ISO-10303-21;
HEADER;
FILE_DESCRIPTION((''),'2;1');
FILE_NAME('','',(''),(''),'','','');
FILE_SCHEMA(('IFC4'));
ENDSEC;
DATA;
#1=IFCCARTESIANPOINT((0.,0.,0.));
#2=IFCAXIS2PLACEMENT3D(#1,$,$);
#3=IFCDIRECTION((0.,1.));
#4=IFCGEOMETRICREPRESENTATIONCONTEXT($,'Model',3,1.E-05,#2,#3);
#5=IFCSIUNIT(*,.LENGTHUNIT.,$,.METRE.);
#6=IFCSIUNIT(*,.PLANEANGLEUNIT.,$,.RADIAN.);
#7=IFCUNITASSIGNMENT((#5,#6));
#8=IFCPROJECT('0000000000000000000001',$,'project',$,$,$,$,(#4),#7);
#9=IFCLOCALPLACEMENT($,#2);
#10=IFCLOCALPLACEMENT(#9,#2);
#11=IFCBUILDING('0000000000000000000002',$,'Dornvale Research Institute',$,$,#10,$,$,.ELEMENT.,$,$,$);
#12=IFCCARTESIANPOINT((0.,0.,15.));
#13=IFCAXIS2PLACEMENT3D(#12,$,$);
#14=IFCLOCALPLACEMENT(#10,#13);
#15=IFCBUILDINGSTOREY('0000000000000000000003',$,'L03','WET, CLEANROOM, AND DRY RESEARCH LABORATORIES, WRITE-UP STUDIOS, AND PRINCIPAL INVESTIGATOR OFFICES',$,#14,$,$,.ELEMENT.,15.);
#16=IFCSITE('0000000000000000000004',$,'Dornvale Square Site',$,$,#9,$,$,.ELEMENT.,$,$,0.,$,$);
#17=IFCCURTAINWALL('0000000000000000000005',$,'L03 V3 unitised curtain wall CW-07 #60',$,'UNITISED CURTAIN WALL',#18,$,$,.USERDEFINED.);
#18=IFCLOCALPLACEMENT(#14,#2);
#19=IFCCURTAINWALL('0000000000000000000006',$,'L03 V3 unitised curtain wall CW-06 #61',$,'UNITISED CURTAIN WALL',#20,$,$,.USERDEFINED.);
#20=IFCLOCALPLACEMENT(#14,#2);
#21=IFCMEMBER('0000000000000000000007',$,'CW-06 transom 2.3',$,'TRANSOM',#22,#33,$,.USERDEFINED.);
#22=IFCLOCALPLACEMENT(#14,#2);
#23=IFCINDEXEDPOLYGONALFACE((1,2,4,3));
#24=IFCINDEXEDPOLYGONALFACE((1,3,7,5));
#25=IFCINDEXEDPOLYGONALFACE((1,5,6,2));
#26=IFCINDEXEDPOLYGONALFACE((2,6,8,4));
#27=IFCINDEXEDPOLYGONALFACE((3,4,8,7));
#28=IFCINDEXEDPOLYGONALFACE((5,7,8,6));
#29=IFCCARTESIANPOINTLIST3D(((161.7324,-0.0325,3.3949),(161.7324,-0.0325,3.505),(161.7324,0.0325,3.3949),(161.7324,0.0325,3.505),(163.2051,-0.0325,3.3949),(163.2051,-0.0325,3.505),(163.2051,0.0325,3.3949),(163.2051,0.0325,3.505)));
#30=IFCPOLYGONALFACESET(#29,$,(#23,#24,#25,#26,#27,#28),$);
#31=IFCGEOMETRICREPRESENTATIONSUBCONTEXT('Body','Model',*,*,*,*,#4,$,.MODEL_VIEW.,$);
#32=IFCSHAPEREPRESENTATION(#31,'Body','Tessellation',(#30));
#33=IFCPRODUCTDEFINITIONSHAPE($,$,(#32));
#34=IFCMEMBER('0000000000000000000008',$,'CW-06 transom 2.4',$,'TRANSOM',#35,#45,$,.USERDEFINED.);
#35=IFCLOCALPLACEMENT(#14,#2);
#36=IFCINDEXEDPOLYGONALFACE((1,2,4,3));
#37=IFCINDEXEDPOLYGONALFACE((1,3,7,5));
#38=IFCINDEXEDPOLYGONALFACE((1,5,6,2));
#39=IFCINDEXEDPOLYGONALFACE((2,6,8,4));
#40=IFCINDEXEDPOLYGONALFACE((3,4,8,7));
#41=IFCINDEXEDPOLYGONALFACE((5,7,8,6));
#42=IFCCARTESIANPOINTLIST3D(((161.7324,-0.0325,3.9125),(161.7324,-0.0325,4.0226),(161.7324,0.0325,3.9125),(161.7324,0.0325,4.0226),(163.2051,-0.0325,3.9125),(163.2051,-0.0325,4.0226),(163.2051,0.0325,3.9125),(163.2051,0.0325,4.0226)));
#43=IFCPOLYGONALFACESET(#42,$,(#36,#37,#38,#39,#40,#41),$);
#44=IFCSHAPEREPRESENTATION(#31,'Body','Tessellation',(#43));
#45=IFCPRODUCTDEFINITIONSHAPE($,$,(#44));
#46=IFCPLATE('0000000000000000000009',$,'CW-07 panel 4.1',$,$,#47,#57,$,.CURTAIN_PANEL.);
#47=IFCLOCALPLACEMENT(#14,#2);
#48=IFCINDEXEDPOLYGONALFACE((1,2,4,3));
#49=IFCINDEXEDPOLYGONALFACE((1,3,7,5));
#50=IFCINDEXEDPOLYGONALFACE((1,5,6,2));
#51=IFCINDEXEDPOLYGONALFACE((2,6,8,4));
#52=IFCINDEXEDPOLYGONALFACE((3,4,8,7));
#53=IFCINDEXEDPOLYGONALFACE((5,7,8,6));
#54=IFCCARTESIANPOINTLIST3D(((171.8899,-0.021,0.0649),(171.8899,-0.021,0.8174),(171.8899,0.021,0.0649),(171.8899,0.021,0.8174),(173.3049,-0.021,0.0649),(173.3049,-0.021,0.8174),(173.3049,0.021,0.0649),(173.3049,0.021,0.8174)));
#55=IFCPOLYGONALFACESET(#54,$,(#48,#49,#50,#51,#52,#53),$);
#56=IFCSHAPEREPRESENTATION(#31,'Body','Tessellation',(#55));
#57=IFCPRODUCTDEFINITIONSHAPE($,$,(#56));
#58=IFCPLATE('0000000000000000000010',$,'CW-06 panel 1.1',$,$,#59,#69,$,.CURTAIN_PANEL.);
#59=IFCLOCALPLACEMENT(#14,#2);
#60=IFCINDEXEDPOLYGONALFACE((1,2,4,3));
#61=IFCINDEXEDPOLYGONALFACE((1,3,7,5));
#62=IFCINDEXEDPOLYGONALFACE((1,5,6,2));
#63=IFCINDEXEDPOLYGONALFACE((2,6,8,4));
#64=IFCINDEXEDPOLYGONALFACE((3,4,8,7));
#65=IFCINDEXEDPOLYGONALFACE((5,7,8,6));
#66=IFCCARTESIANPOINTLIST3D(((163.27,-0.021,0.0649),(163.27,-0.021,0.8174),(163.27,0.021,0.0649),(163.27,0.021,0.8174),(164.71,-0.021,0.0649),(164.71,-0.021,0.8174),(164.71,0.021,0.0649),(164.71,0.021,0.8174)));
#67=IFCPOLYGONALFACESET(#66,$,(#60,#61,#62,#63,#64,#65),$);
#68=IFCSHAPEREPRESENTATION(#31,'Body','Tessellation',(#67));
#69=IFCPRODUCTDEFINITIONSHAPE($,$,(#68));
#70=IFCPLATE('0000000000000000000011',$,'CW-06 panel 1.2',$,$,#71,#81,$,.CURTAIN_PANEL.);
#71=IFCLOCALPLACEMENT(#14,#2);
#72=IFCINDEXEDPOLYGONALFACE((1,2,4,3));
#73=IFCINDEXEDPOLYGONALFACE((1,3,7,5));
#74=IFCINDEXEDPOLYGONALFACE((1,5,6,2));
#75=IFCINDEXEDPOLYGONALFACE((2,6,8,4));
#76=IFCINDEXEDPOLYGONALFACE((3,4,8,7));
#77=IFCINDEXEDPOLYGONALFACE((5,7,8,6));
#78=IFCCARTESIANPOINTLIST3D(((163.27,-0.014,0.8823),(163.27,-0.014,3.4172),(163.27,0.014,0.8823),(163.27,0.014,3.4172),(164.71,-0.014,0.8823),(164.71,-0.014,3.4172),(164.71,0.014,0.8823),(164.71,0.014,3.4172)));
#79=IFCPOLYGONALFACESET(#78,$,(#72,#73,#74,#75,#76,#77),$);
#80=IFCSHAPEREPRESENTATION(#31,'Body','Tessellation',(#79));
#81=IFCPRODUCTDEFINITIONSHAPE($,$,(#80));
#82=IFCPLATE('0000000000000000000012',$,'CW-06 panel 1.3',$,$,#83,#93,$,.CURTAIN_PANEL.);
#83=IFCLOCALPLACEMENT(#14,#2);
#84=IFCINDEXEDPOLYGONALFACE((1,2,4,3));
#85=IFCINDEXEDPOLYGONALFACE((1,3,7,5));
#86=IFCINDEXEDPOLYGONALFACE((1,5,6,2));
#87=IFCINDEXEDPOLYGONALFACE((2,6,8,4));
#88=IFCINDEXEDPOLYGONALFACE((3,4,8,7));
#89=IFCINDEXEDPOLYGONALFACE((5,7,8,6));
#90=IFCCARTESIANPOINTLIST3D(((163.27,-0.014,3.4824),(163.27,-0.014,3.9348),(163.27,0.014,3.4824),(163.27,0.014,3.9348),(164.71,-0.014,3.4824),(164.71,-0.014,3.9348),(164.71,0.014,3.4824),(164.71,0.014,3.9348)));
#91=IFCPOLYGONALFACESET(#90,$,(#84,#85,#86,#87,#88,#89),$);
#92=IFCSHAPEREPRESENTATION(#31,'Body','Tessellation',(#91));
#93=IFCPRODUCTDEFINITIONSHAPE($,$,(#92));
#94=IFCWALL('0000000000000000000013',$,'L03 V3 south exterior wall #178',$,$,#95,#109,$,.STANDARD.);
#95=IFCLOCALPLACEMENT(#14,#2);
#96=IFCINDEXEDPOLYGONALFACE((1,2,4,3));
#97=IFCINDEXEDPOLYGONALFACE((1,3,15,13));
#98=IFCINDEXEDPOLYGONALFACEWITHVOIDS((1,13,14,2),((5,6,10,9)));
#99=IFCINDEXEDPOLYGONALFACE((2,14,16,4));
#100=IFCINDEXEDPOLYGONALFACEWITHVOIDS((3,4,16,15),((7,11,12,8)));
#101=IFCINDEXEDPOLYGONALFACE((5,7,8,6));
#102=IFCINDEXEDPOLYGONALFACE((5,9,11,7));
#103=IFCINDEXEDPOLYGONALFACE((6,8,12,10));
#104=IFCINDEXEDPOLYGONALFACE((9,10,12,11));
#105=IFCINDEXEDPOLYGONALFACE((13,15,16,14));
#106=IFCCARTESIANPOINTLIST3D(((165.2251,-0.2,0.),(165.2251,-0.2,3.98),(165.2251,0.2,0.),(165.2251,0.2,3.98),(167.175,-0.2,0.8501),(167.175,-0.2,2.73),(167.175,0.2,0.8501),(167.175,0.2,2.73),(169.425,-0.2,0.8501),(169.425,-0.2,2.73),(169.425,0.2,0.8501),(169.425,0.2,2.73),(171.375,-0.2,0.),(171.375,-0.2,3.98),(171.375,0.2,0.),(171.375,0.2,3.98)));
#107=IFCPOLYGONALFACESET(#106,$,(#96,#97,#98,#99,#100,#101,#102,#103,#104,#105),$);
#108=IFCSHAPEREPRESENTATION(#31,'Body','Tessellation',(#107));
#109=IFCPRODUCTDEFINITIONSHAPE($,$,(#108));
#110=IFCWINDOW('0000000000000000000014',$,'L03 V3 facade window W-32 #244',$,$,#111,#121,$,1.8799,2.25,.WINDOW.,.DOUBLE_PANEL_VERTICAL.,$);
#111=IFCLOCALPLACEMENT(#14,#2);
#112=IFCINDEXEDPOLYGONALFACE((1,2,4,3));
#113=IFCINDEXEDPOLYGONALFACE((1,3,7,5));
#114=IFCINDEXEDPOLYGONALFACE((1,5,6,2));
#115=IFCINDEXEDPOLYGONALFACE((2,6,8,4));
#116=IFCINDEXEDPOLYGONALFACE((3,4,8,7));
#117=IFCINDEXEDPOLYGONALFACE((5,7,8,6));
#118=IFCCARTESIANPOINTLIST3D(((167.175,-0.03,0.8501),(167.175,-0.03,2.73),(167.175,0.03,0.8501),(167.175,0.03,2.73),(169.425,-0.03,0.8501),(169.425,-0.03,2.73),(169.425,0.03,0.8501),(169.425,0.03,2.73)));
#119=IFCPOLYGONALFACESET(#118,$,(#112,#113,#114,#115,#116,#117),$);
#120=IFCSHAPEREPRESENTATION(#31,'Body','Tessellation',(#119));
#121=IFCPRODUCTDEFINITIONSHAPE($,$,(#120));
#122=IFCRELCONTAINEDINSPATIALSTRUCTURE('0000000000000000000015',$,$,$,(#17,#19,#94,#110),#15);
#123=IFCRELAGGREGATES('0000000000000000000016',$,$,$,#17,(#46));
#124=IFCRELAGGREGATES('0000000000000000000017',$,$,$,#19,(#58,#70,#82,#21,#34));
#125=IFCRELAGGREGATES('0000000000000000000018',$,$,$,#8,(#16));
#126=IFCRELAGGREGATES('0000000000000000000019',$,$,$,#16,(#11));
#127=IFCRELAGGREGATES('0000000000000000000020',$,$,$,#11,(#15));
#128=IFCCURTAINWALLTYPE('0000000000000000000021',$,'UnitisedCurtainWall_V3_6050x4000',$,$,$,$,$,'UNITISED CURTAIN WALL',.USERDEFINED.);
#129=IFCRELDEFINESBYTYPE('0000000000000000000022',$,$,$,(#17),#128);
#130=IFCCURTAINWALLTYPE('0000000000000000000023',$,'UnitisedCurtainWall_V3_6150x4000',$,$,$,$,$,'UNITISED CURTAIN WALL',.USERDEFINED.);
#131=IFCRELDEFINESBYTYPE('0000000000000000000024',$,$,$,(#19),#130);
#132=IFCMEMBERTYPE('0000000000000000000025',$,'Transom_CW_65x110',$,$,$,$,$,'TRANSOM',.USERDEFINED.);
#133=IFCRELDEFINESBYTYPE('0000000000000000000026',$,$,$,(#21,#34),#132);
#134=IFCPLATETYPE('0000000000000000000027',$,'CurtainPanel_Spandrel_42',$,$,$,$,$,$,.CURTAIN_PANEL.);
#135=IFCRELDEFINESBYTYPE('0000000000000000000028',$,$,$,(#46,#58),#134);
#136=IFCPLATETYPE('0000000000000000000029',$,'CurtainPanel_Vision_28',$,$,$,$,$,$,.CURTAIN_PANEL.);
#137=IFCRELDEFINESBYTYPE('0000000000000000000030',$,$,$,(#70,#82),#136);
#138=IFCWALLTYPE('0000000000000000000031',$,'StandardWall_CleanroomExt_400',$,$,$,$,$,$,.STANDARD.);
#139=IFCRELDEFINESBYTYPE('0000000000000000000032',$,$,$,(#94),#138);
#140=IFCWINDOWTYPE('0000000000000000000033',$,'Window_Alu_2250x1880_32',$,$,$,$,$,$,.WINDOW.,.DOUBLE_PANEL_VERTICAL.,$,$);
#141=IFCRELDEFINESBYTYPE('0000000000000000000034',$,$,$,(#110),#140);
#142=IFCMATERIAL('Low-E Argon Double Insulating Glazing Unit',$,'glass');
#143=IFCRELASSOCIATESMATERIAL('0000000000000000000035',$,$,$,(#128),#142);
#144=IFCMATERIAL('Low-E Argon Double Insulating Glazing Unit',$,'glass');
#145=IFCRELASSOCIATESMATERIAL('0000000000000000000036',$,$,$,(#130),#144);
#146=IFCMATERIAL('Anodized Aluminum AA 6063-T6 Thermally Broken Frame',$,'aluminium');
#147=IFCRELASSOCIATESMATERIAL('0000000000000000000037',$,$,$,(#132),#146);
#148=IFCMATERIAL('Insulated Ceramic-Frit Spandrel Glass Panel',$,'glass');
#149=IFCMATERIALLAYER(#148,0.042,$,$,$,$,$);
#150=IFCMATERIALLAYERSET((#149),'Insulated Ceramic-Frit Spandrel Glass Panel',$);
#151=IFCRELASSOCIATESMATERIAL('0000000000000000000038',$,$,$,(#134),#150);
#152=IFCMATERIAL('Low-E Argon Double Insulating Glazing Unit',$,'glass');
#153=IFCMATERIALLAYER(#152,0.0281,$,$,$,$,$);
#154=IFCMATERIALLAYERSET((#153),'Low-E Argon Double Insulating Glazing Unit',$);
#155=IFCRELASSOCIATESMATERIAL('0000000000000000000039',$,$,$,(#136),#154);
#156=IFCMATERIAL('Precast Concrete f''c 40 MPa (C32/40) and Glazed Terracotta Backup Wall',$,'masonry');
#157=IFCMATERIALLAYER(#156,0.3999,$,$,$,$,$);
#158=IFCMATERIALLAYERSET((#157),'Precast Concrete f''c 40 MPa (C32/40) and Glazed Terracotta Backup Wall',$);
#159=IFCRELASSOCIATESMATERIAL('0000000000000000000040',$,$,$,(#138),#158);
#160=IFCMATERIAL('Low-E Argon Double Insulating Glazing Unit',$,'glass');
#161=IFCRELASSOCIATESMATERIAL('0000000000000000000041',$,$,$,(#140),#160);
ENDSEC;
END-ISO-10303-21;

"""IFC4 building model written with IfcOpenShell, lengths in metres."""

from ifc_helpers import new_model, si_unit, direction, frame, frame_2d, origin, origin_2d, place, context, subcontext, project, spatial, rectangle, extrude, material, layer, layer_set, material_profile, profile_set, type_object, element, fill, aggregate, save


model = new_model("IFC4")

# Units and contexts
model_context = context("Model", 3, precision=1e-05, world=origin(), true_north=direction((0.0, 1.0)))
body_context = subcontext(model_context, "Body", "Model", "MODEL_VIEW")
ifc_project = project(units=[si_unit("LENGTHUNIT", "METRE"), si_unit("PLANEANGLEUNIT", "RADIAN")], contexts=[model_context])

# Site, building, storey
site_placement = place(None, origin())
site = spatial("IfcSite", under=ifc_project, at=site_placement, Name="Dornvale Square Site", CompositionType="ELEMENT", RefElevation=0.0)
building_placement = place(site_placement, origin())
building = spatial("IfcBuilding", under=site, at=building_placement, Name="Dornvale Research Institute", CompositionType="ELEMENT")
storey_placement = place(building_placement, frame((0.0, 0.0, 15.0)))
storey = spatial("IfcBuildingStorey", under=building, at=storey_placement, Name="L03", Description="WET, CLEANROOM, AND DRY RESEARCH LABORATORIES, WRITE-UP STUDIOS, AND PRINCIPAL INVESTIGATOR OFFICES", CompositionType="ELEMENT", Elevation=15.0)

# Curtain wall
ifc_material_1 = material(Name="Low-E Argon Double Insulating Glazing Unit", Category="glass")
curtain_wall_type_1 = type_object("IfcCurtainWallType", Name="UnitisedCurtainWall_V3_6050x4000", ElementType="UNITISED CURTAIN WALL", PredefinedType="USERDEFINED", material=ifc_material_1)
curtain_wall_1_placement = place(storey_placement, origin())
curtain_wall_1 = element("IfcCurtainWall", 1, at=curtain_wall_1_placement, inside=storey, type_object=curtain_wall_type_1, Name="L03 V3 unitised curtain wall CW-07 #60", ObjectType="UNITISED CURTAIN WALL", PredefinedType="USERDEFINED")

# Curtain wall
ifc_material_2 = material(Name="Low-E Argon Double Insulating Glazing Unit", Category="glass")
curtain_wall_type_2 = type_object("IfcCurtainWallType", Name="UnitisedCurtainWall_V3_6150x4000", ElementType="UNITISED CURTAIN WALL", PredefinedType="USERDEFINED", material=ifc_material_2)
curtain_wall_2_placement = place(storey_placement, origin())
curtain_wall_2 = element("IfcCurtainWall", 2, at=curtain_wall_2_placement, inside=storey, type_object=curtain_wall_type_2, Name="L03 V3 unitised curtain wall CW-06 #61", ObjectType="UNITISED CURTAIN WALL", PredefinedType="USERDEFINED")

# Members
ifc_material_3 = material(Name="Anodized Aluminum AA 6063-T6 Thermally Broken Frame", Category="aluminium")
ifc_material_profile_1 = material_profile(ifc_material_3, rectangle(XDim=0.0649, YDim=0.1101, at=origin_2d()), Name="ALU TRANSOM 65x110")
ifc_profile_set_1 = profile_set([ifc_material_profile_1], Name="Anodized Aluminum AA 6063-T6 Thermally Broken Frame")
member_type_1 = type_object("IfcMemberType", Name="Transom_CW_65x110", ElementType="TRANSOM", PredefinedType="USERDEFINED", material=ifc_profile_set_1)
member_1_placement = place(storey_placement, frame((163.2051, 0.0, 3.45), z_axis=(-1.0, 0.0, 0.0), x_axis=(0.0, -1.0, 0.0)))
member_1 = element("IfcMember", 3, at=member_1_placement, type_object=member_type_1, Name="CW-06 transom 2.3", ObjectType="TRANSOM", PredefinedType="USERDEFINED", context=body_context, shape_type="SweptSolid", body=[
    extrude(rectangle(XDim=0.0649, YDim=0.1101, at=origin_2d()), origin(), (0.0, 0.0, 1.0), 1.4727),
])
member_2_placement = place(storey_placement, frame((163.2051, 0.0, 3.9675), z_axis=(-1.0, 0.0, 0.0), x_axis=(0.0, -1.0, 0.0)))
member_2 = element("IfcMember", 4, at=member_2_placement, type_object=member_type_1, Name="CW-06 transom 2.4", ObjectType="TRANSOM", PredefinedType="USERDEFINED", context=body_context, shape_type="SweptSolid", body=[
    extrude(rectangle(XDim=0.0649, YDim=0.1101, at=origin_2d()), origin(), (0.0, 0.0, 1.0), 1.4727),
])

# Plates
ifc_material_4 = material(Name="Insulated Ceramic-Frit Spandrel Glass Panel", Category="glass")
ifc_layer_1 = layer(ifc_material_4, 0.042)
ifc_layer_set_1 = layer_set([ifc_layer_1], Name="Insulated Ceramic-Frit Spandrel Glass Panel")
plate_type_1 = type_object("IfcPlateType", Name="CurtainPanel_Spandrel_42", PredefinedType="CURTAIN_PANEL", material=ifc_layer_set_1)
plate_1_placement = place(storey_placement, frame((172.5974, 0.0, 0.0649), z_axis=(0.0, 0.0, 1.0), x_axis=(-1.0, 0.0, 0.0)))
plate_1 = element("IfcPlate", 5, at=plate_1_placement, type_object=plate_type_1, Name="CW-07 panel 4.1", PredefinedType="CURTAIN_PANEL", context=body_context, shape_type="SweptSolid", body=[
    extrude(rectangle(XDim=1.415, YDim=0.042, at=origin_2d()), origin(), (0.0, 0.0, 1.0), 0.7524),
])
aggregate(curtain_wall_1, [plate_1])
plate_2_placement = place(storey_placement, frame((163.99, 0.0, 0.0649), z_axis=(0.0, 0.0, 1.0), x_axis=(-1.0, 0.0, 0.0)))
plate_2 = element("IfcPlate", 6, at=plate_2_placement, type_object=plate_type_1, Name="CW-06 panel 1.1", PredefinedType="CURTAIN_PANEL", context=body_context, shape_type="SweptSolid", body=[
    extrude(rectangle(XDim=1.4399, YDim=0.042, at=origin_2d()), origin(), (0.0, 0.0, 1.0), 0.7524),
])
ifc_material_5 = material(Name="Low-E Argon Double Insulating Glazing Unit", Category="glass")
ifc_layer_2 = layer(ifc_material_5, 0.0281)
ifc_layer_set_2 = layer_set([ifc_layer_2], Name="Low-E Argon Double Insulating Glazing Unit")
plate_type_2 = type_object("IfcPlateType", Name="CurtainPanel_Vision_28", PredefinedType="CURTAIN_PANEL", material=ifc_layer_set_2)
plate_3_placement = place(storey_placement, frame((163.99, 0.0, 0.8823), z_axis=(0.0, 0.0, 1.0), x_axis=(-1.0, 0.0, 0.0)))
plate_3 = element("IfcPlate", 7, at=plate_3_placement, type_object=plate_type_2, Name="CW-06 panel 1.2", PredefinedType="CURTAIN_PANEL", context=body_context, shape_type="SweptSolid", body=[
    extrude(rectangle(XDim=1.4399, YDim=0.0281, at=origin_2d()), origin(), (0.0, 0.0, 1.0), 2.5349),
])
plate_4_placement = place(storey_placement, frame((163.99, 0.0, 3.4824), z_axis=(0.0, 0.0, 1.0), x_axis=(-1.0, 0.0, 0.0)))
plate_4 = element("IfcPlate", 8, at=plate_4_placement, type_object=plate_type_2, Name="CW-06 panel 1.3", PredefinedType="CURTAIN_PANEL", context=body_context, shape_type="SweptSolid", body=[
    extrude(rectangle(XDim=1.4399, YDim=0.0281, at=origin_2d()), origin(), (0.0, 0.0, 1.0), 0.4524),
])
aggregate(curtain_wall_2, [plate_2, plate_3, plate_4, member_1, member_2])

# Wall, opening, window
ifc_material_6 = material(Name="Precast Concrete f'c 40 MPa (C32/40) and Glazed Terracotta Backup Wall", Category="masonry")
ifc_layer_3 = layer(ifc_material_6, 0.3999)
ifc_layer_set_3 = layer_set([ifc_layer_3], Name="Precast Concrete f'c 40 MPa (C32/40) and Glazed Terracotta Backup Wall")
wall_type = type_object("IfcWallType", Name="StandardWall_CleanroomExt_400", PredefinedType="STANDARD", material=ifc_layer_set_3)
wall_placement = place(storey_placement, frame((171.375, 0.0, 0.0), z_axis=(0.0, 0.0, 1.0), x_axis=(-1.0, 0.0, 0.0)))
wall = element("IfcWall", 9, at=wall_placement, inside=storey, type_object=wall_type, Name="L03 V3 south exterior wall #178", PredefinedType="STANDARD", context=body_context, shape_type="SweptSolid", body=[
    extrude(rectangle(XDim=6.1499, YDim=0.3999, at=frame_2d((3.075, 0.0))), origin(), (0.0, 0.0, 1.0), 3.98),
])
opening_placement = place(wall_placement, frame((1.95, 0.0, 0.8501)))
opening = element("IfcOpeningElement", 10, at=opening_placement, cuts=wall, PredefinedType="OPENING", context=body_context, shape_type="SweptSolid", body=[
    extrude(rectangle(XDim=2.25, YDim=1.8799, at=frame_2d((1.125, 0.9399))), frame((0.0, 0.2148, 0.0), z_axis=(0.0, -1.0, 0.0), x_axis=(1.0, 0.0, 0.0)), (0.0, 0.0, 1.0), 0.4299),
])
ifc_material_7 = material(Name="Low-E Argon Double Insulating Glazing Unit", Category="glass")
window_type = type_object("IfcWindowType", Name="Window_Alu_2250x1880_32", PartitioningType="DOUBLE_PANEL_VERTICAL", PredefinedType="WINDOW", material=ifc_material_7)
window_placement = place(opening_placement, origin())
window = element("IfcWindow", 11, at=window_placement, inside=storey, type_object=window_type, Name="L03 V3 facade window W-32 #244", OverallHeight=1.8799, OverallWidth=2.25, PartitioningType="DOUBLE_PANEL_VERTICAL", PredefinedType="WINDOW", context=body_context, shape_type="SweptSolid", body=[
    extrude(rectangle(XDim=2.25, YDim=1.8799, at=frame_2d((1.125, 0.9399))), frame((0.0, 0.03, 0.0), z_axis=(0.0, -1.0, 0.0), x_axis=(1.0, 0.0, 0.0)), (0.0, 0.0, 1.0), 0.0601),
])
fill(opening, window)

save(model, "model.ifc")
